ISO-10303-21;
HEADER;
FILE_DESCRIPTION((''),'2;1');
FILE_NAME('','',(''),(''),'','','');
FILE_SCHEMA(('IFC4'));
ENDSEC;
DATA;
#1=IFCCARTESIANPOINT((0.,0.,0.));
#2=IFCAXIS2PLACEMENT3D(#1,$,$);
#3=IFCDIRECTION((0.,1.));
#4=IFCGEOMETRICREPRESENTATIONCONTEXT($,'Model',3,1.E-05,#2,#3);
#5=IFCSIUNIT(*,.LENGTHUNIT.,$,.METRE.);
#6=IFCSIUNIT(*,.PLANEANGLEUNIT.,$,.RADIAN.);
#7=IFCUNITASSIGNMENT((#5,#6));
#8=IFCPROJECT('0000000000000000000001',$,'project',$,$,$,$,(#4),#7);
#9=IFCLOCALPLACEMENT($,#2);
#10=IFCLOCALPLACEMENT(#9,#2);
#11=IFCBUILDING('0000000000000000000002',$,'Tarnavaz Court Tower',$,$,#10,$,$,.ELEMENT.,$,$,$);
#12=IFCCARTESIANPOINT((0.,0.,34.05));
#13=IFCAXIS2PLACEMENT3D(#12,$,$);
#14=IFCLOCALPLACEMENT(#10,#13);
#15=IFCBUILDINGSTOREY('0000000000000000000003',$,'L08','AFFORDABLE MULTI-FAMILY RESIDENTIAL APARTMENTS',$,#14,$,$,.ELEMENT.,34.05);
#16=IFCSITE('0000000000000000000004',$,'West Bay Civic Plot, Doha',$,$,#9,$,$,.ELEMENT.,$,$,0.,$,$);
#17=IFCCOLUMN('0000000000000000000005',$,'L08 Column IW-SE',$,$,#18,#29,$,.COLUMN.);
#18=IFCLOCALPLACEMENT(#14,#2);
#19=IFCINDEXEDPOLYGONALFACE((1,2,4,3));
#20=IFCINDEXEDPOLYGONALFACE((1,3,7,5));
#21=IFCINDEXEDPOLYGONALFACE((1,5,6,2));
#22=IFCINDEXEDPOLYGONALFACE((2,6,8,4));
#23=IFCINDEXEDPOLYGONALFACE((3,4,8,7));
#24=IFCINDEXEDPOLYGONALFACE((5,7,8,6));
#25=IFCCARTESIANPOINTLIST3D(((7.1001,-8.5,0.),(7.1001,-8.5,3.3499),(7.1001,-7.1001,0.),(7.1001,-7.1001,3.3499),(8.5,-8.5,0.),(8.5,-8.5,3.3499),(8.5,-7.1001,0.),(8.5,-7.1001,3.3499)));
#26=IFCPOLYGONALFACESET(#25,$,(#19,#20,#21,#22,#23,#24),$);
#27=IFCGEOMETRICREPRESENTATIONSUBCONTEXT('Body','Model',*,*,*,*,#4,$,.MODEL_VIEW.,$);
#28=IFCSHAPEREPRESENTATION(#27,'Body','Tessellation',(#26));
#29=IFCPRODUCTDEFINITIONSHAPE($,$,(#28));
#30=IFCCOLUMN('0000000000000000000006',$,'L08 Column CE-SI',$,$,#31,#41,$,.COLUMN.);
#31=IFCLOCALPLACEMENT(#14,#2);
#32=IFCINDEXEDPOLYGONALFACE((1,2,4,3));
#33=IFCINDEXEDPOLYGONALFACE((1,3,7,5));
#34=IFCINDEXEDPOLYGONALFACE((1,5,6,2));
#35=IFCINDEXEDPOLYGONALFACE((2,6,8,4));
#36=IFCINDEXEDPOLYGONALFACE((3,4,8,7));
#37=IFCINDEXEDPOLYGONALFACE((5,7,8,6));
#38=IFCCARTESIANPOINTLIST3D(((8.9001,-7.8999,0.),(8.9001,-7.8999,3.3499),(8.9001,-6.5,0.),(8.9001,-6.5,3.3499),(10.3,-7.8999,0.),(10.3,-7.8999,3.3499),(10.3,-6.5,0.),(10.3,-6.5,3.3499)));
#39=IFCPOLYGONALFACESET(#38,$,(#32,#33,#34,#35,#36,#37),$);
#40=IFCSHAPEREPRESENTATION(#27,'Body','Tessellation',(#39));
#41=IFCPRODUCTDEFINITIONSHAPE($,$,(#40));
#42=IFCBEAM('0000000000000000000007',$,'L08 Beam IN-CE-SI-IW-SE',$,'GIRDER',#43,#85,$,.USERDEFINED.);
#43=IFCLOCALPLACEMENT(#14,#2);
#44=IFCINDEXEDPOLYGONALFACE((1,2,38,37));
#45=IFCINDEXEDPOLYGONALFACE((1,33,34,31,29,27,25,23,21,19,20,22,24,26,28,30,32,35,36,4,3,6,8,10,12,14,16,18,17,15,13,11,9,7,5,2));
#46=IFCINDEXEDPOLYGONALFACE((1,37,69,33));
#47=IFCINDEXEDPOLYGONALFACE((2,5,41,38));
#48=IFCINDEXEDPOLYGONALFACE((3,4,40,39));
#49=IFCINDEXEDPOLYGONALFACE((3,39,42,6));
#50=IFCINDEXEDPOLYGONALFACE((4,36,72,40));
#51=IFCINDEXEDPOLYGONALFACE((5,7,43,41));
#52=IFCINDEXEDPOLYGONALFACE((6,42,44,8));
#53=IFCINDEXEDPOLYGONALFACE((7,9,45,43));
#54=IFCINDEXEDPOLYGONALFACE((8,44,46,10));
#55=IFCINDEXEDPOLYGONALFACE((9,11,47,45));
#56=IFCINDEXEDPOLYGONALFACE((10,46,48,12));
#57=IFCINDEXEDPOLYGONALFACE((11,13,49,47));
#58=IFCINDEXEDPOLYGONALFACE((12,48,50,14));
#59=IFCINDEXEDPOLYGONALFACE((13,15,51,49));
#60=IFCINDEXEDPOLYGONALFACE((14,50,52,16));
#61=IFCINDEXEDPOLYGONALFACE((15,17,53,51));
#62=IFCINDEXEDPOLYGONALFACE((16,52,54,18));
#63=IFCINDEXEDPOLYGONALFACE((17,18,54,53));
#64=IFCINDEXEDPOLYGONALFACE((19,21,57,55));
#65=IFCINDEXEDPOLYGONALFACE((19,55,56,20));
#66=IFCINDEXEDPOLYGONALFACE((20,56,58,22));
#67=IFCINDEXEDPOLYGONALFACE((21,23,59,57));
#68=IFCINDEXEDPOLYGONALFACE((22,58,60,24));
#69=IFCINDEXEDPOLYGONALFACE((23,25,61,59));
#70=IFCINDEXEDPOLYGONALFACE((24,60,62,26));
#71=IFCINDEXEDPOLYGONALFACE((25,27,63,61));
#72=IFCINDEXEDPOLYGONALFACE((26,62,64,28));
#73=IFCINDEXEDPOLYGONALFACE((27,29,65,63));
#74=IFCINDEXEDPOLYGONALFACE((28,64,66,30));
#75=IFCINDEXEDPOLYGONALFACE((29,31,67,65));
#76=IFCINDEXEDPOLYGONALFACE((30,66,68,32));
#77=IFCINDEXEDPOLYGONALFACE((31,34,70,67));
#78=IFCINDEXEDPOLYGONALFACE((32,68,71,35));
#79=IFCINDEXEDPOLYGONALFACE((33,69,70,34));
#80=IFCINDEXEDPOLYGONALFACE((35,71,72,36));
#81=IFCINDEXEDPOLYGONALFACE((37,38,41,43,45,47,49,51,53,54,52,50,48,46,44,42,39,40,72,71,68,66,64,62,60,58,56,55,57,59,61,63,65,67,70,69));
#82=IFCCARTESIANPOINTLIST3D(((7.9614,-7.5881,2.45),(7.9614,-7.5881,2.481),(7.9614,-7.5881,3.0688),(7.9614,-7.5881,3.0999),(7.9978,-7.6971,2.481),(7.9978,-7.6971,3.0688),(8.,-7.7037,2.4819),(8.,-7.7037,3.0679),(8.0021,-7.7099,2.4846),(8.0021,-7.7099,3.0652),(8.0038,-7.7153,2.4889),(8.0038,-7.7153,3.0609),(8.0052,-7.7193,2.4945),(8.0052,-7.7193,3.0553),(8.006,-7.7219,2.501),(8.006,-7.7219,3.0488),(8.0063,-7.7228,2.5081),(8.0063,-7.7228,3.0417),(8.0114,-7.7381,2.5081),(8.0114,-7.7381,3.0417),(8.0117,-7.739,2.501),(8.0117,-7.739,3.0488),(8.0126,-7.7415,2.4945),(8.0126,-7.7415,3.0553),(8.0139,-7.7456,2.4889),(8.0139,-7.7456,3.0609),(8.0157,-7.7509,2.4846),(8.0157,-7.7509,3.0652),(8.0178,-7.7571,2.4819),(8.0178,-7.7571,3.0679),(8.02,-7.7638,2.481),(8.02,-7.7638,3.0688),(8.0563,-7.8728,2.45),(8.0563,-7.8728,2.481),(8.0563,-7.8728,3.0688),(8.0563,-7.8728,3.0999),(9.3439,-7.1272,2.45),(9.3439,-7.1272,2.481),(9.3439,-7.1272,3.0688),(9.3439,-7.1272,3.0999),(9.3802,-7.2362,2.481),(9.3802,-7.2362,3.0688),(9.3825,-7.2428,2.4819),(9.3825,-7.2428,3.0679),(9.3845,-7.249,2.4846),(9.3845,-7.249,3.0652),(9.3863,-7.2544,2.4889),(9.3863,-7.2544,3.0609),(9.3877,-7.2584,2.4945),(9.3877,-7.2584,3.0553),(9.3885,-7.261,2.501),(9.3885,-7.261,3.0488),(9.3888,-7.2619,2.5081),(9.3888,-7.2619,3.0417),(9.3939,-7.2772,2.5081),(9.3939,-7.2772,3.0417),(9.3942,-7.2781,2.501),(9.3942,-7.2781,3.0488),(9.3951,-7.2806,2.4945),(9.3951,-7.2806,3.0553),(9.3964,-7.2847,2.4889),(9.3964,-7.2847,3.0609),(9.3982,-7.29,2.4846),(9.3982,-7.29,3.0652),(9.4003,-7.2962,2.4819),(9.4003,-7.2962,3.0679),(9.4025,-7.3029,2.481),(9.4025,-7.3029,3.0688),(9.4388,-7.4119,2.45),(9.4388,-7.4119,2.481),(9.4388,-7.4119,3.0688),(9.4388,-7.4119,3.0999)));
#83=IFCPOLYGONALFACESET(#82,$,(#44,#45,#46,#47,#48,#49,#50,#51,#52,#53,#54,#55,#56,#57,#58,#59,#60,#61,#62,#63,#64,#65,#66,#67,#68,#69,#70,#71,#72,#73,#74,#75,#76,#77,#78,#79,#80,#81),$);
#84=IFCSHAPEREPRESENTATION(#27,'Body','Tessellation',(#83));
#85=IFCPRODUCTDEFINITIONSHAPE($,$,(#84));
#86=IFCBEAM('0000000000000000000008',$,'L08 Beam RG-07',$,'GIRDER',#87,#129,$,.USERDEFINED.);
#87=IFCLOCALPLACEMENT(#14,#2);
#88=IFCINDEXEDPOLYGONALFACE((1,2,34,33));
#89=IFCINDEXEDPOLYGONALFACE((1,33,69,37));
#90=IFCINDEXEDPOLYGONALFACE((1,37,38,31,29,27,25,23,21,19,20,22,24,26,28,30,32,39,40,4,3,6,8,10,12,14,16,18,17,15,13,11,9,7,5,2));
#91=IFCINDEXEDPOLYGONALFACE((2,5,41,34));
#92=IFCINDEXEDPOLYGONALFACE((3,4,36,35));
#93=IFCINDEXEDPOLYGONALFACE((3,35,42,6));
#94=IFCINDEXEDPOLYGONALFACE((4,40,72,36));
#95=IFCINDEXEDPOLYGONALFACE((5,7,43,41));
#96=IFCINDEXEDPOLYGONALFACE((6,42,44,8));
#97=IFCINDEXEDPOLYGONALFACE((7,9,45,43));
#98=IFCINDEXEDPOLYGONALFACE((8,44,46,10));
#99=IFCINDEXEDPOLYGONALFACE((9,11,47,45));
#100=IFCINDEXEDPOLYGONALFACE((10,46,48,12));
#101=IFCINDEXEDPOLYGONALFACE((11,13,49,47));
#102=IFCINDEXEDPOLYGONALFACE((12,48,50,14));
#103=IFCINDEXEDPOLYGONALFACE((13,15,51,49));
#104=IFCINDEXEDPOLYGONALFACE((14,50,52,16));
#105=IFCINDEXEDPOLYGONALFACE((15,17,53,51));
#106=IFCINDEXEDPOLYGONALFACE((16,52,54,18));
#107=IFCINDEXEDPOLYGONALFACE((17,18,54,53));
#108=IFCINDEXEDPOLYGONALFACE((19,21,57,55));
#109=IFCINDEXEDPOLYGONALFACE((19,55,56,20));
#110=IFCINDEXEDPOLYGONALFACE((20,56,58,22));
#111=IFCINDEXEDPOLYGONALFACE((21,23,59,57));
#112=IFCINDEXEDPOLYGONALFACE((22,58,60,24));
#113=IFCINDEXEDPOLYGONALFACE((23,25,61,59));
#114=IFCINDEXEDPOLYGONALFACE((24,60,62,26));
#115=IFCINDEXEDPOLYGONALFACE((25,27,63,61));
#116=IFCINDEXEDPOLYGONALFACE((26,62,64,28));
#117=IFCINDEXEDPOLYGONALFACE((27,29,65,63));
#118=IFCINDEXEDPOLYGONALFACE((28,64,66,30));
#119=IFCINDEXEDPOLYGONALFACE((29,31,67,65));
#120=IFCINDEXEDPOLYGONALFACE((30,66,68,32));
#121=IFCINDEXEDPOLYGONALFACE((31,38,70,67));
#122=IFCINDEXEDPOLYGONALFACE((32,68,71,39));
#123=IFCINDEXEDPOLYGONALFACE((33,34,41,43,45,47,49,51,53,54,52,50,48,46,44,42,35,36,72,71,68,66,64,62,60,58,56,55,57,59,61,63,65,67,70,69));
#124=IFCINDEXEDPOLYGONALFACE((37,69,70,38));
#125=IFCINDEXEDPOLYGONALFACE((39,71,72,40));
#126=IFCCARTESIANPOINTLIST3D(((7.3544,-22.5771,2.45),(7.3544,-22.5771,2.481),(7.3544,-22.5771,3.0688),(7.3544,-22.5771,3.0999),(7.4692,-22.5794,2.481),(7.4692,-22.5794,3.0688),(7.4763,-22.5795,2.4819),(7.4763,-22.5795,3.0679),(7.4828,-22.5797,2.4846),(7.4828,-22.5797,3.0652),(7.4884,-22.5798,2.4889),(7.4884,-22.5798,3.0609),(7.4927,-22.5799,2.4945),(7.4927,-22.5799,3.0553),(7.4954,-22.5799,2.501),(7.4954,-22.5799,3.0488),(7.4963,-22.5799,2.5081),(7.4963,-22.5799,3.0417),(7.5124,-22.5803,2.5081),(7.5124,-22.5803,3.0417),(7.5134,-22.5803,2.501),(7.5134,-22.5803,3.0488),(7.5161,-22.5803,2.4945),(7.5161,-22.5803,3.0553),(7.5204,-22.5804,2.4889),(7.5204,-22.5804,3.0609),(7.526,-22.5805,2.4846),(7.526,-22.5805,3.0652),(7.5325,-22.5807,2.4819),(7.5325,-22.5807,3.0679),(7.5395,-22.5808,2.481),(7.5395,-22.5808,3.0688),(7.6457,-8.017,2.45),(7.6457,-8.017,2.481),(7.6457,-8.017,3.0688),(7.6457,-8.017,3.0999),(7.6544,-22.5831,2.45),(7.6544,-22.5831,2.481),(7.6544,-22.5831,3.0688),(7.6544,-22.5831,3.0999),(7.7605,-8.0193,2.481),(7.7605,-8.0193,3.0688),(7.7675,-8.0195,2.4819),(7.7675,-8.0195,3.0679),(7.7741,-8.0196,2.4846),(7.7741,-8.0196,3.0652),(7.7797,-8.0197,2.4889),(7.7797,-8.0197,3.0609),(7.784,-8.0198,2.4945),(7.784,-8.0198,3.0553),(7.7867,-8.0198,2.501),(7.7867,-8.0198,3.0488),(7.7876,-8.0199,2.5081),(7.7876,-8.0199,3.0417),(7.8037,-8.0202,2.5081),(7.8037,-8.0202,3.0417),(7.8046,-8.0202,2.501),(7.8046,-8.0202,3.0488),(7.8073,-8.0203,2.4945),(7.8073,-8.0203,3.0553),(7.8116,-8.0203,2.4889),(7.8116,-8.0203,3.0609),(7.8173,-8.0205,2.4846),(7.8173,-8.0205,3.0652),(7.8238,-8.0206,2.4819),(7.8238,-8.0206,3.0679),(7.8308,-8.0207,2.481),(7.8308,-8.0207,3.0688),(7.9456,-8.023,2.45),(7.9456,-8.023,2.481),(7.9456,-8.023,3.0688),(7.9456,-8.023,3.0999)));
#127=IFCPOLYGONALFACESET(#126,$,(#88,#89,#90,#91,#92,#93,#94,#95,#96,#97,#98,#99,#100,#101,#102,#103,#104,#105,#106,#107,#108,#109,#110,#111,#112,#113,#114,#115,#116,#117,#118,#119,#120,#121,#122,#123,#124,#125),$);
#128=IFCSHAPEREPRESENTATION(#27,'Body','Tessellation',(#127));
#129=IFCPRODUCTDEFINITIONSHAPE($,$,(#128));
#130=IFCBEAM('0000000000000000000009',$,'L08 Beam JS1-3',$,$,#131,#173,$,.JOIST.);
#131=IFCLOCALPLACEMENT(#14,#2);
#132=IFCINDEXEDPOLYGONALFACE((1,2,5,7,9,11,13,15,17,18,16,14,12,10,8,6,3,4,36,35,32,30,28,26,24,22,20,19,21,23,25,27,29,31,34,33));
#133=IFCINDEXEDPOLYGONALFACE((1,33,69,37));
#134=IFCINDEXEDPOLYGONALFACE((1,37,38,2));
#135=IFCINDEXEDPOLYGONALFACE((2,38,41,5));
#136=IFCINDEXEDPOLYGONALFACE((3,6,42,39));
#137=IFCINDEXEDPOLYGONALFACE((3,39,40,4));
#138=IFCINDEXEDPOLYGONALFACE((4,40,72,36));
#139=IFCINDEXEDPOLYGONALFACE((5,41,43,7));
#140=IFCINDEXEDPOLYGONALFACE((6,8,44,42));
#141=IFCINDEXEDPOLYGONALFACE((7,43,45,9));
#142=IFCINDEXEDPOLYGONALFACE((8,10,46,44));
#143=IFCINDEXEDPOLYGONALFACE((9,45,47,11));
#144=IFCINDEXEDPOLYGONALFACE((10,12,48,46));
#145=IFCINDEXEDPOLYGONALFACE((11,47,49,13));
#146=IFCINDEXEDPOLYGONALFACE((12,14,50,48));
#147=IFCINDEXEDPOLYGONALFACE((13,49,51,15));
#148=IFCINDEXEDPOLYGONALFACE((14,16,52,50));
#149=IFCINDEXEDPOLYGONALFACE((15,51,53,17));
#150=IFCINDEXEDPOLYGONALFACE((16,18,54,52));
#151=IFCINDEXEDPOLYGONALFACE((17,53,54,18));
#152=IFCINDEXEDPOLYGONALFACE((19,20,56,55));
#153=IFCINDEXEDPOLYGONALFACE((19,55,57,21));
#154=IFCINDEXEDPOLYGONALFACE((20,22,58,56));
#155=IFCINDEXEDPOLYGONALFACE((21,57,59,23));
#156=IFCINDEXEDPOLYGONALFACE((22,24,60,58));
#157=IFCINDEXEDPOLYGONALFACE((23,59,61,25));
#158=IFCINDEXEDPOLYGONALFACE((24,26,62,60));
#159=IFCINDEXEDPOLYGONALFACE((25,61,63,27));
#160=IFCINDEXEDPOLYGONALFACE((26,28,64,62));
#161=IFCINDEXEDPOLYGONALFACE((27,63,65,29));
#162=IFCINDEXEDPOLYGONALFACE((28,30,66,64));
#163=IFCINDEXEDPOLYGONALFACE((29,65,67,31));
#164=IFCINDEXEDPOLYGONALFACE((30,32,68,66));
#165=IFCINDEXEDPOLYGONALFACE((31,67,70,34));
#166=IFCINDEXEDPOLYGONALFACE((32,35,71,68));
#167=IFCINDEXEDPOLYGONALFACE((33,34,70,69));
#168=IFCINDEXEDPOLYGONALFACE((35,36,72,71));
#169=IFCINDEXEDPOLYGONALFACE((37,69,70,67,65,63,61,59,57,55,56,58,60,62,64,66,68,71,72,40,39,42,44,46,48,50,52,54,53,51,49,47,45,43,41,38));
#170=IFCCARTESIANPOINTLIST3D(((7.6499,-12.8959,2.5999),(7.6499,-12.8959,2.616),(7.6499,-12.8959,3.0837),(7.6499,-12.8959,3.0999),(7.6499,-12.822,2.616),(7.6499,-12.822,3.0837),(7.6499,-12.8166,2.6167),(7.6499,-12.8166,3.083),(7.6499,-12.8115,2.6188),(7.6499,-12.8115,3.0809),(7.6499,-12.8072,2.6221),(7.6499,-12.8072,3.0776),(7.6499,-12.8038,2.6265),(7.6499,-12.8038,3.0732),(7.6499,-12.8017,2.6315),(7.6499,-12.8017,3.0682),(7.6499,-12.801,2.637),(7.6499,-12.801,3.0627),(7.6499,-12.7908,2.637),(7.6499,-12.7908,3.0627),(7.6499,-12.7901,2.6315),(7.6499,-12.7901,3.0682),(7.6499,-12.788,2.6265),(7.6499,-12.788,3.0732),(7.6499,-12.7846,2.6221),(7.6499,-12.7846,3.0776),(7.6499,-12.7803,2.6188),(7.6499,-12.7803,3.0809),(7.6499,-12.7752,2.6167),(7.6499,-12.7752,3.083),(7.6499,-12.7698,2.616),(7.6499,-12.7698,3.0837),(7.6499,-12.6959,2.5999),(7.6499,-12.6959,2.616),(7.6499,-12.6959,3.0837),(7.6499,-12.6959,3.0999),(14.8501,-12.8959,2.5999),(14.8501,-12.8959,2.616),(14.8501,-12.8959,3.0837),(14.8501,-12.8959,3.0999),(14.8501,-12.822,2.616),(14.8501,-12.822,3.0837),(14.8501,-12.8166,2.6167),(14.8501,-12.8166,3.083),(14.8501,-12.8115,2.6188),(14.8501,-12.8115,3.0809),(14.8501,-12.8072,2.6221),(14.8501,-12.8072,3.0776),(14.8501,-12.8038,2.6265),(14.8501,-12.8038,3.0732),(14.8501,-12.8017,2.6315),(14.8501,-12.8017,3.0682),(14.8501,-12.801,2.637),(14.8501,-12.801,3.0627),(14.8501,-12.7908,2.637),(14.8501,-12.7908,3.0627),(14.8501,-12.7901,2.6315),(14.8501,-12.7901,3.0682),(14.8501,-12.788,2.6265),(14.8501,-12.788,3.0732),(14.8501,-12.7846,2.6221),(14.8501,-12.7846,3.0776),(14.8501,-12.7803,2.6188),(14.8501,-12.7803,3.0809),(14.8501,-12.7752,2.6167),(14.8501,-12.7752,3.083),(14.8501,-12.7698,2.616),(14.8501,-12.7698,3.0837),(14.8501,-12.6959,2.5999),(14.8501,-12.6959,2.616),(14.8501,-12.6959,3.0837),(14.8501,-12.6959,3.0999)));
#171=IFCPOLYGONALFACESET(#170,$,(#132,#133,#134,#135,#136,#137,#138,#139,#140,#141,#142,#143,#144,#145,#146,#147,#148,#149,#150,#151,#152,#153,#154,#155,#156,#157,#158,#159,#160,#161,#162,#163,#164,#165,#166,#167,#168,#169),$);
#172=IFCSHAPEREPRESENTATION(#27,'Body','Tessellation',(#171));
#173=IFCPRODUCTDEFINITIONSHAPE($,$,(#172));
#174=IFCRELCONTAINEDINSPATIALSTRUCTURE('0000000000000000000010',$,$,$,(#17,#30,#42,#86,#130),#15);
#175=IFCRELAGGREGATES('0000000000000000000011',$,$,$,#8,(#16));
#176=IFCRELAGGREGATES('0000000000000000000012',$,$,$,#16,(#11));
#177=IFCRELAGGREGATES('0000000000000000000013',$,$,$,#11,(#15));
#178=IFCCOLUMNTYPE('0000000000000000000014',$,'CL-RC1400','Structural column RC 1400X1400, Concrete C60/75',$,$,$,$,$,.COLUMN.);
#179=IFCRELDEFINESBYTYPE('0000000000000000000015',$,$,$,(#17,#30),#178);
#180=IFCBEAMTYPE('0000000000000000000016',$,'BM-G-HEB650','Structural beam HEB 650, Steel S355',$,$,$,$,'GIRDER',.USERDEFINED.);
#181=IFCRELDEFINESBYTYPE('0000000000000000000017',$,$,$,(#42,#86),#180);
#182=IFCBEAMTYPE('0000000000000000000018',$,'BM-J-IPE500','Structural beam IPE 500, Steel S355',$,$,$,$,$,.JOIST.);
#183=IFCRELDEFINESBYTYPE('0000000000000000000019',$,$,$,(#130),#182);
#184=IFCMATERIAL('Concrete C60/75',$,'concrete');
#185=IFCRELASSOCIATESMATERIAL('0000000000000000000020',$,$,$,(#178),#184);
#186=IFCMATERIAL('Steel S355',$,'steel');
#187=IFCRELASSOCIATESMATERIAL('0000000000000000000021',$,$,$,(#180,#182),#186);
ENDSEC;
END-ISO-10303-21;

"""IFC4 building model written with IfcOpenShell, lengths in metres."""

from ifc_helpers import new_model, si_unit, direction, frame, origin, origin_2d, place, context, subcontext, project, spatial, rectangle, i_section, extrude, material, material_profile, profile_set, type_object, element, save


model = new_model("IFC4")

# Units and contexts
model_context = context("Model", 3, precision=1e-05, world=origin(), true_north=direction((0.0, 1.0)))
body_context = subcontext(model_context, "Body", "Model", "MODEL_VIEW")
ifc_project = project(units=[si_unit("LENGTHUNIT", "METRE"), si_unit("PLANEANGLEUNIT", "RADIAN")], contexts=[model_context])

# Site, building, storey
site_placement = place(None, origin())
site = spatial("IfcSite", under=ifc_project, at=site_placement, Name="West Bay Civic Plot, Doha", CompositionType="ELEMENT", RefElevation=0.0)
building_placement = place(site_placement, origin())
building = spatial("IfcBuilding", under=site, at=building_placement, Name="Tarnavaz Court Tower", CompositionType="ELEMENT")
storey_placement = place(building_placement, frame((0.0, 0.0, 34.05)))
storey = spatial("IfcBuildingStorey", under=building, at=storey_placement, Name="L08", Description="AFFORDABLE MULTI-FAMILY RESIDENTIAL APARTMENTS", CompositionType="ELEMENT", Elevation=34.05)

# Columns
ifc_material_1 = material(Name="Concrete C60/75", Category="concrete")
ifc_material_profile_1 = material_profile(ifc_material_1, rectangle(XDim=1.3999, YDim=1.3999, at=origin_2d()), Name="RC 1400X1400")
ifc_profile_set_1 = profile_set([ifc_material_profile_1], Name="Concrete C60/75")
column_type = type_object("IfcColumnType", Name="CL-RC1400", Description="Structural column RC 1400X1400, Concrete C60/75", PredefinedType="COLUMN", material=ifc_profile_set_1)
for number, where, z_axis, x_axis, name in (
    (1, (7.8, -7.8, 0.0), (0.0, 0.0, 1.0), (1.0, 0.0, 0.0), "L08 Column IW-SE"),
    (2, (9.6001, -7.2, 0.0), (0.0, 0.0, 1.0), (1.0, 0.0, 0.0), "L08 Column CE-SI"),
):
    element("IfcColumn", number, at=place(storey_placement, frame(where, z_axis=z_axis, x_axis=x_axis)), inside=storey, type_object=column_type, Name=name, PredefinedType="COLUMN", context=body_context, shape_type="SweptSolid", body=[
        extrude(rectangle(XDim=1.3999, YDim=1.3999, at=origin_2d()), origin(), (0.0, 0.0, 1.0), 3.3499),
    ])

# Beams
ifc_material_2 = material(Name="Steel S355", Category="steel")
ifc_material_profile_2 = material_profile(ifc_material_2, i_section(OverallWidth=0.3, OverallDepth=0.6499, WebThickness=0.0161, FlangeThickness=0.031, FilletRadius=0.0271, at=origin_2d()), Name="HEB 650")
ifc_profile_set_2 = profile_set([ifc_material_profile_2], Name="Steel S355")
beam_type_1 = type_object("IfcBeamType", Name="BM-G-HEB650", Description="Structural beam HEB 650, Steel S355", ElementType="GIRDER", PredefinedType="USERDEFINED", material=ifc_profile_set_2)
beam_1_placement = place(storey_placement, frame((9.3914, -7.2695, 2.7749), z_axis=(-0.948667, -0.316278, 0.0), x_axis=(0.316278, -0.948667, 0.0)))
element("IfcBeam", 3, at=beam_1_placement, inside=storey, type_object=beam_type_1, Name="L08 Beam IN-CE-SI-IW-SE", ObjectType="GIRDER", PredefinedType="USERDEFINED", context=body_context, shape_type="SweptSolid", body=[
    extrude(i_section(OverallWidth=0.3, OverallDepth=0.6499, WebThickness=0.0161, FlangeThickness=0.031, FilletRadius=0.0271, at=origin_2d()), origin(), (0.0, 0.0, 1.0), 1.4573),
])
beam_2_placement = place(storey_placement, frame((7.7957, -8.02, 2.7749), z_axis=(-0.02, -0.9998, 0.0), x_axis=(0.9998, -0.02, 0.0)))
element("IfcBeam", 4, at=beam_2_placement, inside=storey, type_object=beam_type_1, Name="L08 Beam RG-07", ObjectType="GIRDER", PredefinedType="USERDEFINED", context=body_context, shape_type="SweptSolid", body=[
    extrude(i_section(OverallWidth=0.3, OverallDepth=0.6499, WebThickness=0.0161, FlangeThickness=0.031, FilletRadius=0.0271, at=origin_2d()), origin(), (0.0, 0.0, 1.0), 14.563),
])
ifc_material_profile_3 = material_profile(ifc_material_2, i_section(OverallWidth=0.2, OverallDepth=0.5, WebThickness=0.0103, FlangeThickness=0.0161, FilletRadius=0.021, at=origin_2d()), Name="IPE 500")
ifc_profile_set_3 = profile_set([ifc_material_profile_3], Name="Steel S355")
beam_type_2 = type_object("IfcBeamType", Name="BM-J-IPE500", Description="Structural beam IPE 500, Steel S355", PredefinedType="JOIST", material=ifc_profile_set_3)
for number, where, z_axis, x_axis, name in (
    (5, (7.6499, -12.7959, 2.8499), (1.0, 0.0, 0.0), (0.0, 1.0, 0.0), "L08 Beam JS1-3"),
):
    element("IfcBeam", number, at=place(storey_placement, frame(where, z_axis=z_axis, x_axis=x_axis)), inside=storey, type_object=beam_type_2, Name=name, PredefinedType="JOIST", context=body_context, shape_type="SweptSolid", body=[
        extrude(i_section(OverallWidth=0.2, OverallDepth=0.5, WebThickness=0.0103, FlangeThickness=0.0161, FilletRadius=0.021, at=origin_2d()), origin(), (0.0, 0.0, 1.0), 7.2002),
    ])

save(model, "model.ifc")
